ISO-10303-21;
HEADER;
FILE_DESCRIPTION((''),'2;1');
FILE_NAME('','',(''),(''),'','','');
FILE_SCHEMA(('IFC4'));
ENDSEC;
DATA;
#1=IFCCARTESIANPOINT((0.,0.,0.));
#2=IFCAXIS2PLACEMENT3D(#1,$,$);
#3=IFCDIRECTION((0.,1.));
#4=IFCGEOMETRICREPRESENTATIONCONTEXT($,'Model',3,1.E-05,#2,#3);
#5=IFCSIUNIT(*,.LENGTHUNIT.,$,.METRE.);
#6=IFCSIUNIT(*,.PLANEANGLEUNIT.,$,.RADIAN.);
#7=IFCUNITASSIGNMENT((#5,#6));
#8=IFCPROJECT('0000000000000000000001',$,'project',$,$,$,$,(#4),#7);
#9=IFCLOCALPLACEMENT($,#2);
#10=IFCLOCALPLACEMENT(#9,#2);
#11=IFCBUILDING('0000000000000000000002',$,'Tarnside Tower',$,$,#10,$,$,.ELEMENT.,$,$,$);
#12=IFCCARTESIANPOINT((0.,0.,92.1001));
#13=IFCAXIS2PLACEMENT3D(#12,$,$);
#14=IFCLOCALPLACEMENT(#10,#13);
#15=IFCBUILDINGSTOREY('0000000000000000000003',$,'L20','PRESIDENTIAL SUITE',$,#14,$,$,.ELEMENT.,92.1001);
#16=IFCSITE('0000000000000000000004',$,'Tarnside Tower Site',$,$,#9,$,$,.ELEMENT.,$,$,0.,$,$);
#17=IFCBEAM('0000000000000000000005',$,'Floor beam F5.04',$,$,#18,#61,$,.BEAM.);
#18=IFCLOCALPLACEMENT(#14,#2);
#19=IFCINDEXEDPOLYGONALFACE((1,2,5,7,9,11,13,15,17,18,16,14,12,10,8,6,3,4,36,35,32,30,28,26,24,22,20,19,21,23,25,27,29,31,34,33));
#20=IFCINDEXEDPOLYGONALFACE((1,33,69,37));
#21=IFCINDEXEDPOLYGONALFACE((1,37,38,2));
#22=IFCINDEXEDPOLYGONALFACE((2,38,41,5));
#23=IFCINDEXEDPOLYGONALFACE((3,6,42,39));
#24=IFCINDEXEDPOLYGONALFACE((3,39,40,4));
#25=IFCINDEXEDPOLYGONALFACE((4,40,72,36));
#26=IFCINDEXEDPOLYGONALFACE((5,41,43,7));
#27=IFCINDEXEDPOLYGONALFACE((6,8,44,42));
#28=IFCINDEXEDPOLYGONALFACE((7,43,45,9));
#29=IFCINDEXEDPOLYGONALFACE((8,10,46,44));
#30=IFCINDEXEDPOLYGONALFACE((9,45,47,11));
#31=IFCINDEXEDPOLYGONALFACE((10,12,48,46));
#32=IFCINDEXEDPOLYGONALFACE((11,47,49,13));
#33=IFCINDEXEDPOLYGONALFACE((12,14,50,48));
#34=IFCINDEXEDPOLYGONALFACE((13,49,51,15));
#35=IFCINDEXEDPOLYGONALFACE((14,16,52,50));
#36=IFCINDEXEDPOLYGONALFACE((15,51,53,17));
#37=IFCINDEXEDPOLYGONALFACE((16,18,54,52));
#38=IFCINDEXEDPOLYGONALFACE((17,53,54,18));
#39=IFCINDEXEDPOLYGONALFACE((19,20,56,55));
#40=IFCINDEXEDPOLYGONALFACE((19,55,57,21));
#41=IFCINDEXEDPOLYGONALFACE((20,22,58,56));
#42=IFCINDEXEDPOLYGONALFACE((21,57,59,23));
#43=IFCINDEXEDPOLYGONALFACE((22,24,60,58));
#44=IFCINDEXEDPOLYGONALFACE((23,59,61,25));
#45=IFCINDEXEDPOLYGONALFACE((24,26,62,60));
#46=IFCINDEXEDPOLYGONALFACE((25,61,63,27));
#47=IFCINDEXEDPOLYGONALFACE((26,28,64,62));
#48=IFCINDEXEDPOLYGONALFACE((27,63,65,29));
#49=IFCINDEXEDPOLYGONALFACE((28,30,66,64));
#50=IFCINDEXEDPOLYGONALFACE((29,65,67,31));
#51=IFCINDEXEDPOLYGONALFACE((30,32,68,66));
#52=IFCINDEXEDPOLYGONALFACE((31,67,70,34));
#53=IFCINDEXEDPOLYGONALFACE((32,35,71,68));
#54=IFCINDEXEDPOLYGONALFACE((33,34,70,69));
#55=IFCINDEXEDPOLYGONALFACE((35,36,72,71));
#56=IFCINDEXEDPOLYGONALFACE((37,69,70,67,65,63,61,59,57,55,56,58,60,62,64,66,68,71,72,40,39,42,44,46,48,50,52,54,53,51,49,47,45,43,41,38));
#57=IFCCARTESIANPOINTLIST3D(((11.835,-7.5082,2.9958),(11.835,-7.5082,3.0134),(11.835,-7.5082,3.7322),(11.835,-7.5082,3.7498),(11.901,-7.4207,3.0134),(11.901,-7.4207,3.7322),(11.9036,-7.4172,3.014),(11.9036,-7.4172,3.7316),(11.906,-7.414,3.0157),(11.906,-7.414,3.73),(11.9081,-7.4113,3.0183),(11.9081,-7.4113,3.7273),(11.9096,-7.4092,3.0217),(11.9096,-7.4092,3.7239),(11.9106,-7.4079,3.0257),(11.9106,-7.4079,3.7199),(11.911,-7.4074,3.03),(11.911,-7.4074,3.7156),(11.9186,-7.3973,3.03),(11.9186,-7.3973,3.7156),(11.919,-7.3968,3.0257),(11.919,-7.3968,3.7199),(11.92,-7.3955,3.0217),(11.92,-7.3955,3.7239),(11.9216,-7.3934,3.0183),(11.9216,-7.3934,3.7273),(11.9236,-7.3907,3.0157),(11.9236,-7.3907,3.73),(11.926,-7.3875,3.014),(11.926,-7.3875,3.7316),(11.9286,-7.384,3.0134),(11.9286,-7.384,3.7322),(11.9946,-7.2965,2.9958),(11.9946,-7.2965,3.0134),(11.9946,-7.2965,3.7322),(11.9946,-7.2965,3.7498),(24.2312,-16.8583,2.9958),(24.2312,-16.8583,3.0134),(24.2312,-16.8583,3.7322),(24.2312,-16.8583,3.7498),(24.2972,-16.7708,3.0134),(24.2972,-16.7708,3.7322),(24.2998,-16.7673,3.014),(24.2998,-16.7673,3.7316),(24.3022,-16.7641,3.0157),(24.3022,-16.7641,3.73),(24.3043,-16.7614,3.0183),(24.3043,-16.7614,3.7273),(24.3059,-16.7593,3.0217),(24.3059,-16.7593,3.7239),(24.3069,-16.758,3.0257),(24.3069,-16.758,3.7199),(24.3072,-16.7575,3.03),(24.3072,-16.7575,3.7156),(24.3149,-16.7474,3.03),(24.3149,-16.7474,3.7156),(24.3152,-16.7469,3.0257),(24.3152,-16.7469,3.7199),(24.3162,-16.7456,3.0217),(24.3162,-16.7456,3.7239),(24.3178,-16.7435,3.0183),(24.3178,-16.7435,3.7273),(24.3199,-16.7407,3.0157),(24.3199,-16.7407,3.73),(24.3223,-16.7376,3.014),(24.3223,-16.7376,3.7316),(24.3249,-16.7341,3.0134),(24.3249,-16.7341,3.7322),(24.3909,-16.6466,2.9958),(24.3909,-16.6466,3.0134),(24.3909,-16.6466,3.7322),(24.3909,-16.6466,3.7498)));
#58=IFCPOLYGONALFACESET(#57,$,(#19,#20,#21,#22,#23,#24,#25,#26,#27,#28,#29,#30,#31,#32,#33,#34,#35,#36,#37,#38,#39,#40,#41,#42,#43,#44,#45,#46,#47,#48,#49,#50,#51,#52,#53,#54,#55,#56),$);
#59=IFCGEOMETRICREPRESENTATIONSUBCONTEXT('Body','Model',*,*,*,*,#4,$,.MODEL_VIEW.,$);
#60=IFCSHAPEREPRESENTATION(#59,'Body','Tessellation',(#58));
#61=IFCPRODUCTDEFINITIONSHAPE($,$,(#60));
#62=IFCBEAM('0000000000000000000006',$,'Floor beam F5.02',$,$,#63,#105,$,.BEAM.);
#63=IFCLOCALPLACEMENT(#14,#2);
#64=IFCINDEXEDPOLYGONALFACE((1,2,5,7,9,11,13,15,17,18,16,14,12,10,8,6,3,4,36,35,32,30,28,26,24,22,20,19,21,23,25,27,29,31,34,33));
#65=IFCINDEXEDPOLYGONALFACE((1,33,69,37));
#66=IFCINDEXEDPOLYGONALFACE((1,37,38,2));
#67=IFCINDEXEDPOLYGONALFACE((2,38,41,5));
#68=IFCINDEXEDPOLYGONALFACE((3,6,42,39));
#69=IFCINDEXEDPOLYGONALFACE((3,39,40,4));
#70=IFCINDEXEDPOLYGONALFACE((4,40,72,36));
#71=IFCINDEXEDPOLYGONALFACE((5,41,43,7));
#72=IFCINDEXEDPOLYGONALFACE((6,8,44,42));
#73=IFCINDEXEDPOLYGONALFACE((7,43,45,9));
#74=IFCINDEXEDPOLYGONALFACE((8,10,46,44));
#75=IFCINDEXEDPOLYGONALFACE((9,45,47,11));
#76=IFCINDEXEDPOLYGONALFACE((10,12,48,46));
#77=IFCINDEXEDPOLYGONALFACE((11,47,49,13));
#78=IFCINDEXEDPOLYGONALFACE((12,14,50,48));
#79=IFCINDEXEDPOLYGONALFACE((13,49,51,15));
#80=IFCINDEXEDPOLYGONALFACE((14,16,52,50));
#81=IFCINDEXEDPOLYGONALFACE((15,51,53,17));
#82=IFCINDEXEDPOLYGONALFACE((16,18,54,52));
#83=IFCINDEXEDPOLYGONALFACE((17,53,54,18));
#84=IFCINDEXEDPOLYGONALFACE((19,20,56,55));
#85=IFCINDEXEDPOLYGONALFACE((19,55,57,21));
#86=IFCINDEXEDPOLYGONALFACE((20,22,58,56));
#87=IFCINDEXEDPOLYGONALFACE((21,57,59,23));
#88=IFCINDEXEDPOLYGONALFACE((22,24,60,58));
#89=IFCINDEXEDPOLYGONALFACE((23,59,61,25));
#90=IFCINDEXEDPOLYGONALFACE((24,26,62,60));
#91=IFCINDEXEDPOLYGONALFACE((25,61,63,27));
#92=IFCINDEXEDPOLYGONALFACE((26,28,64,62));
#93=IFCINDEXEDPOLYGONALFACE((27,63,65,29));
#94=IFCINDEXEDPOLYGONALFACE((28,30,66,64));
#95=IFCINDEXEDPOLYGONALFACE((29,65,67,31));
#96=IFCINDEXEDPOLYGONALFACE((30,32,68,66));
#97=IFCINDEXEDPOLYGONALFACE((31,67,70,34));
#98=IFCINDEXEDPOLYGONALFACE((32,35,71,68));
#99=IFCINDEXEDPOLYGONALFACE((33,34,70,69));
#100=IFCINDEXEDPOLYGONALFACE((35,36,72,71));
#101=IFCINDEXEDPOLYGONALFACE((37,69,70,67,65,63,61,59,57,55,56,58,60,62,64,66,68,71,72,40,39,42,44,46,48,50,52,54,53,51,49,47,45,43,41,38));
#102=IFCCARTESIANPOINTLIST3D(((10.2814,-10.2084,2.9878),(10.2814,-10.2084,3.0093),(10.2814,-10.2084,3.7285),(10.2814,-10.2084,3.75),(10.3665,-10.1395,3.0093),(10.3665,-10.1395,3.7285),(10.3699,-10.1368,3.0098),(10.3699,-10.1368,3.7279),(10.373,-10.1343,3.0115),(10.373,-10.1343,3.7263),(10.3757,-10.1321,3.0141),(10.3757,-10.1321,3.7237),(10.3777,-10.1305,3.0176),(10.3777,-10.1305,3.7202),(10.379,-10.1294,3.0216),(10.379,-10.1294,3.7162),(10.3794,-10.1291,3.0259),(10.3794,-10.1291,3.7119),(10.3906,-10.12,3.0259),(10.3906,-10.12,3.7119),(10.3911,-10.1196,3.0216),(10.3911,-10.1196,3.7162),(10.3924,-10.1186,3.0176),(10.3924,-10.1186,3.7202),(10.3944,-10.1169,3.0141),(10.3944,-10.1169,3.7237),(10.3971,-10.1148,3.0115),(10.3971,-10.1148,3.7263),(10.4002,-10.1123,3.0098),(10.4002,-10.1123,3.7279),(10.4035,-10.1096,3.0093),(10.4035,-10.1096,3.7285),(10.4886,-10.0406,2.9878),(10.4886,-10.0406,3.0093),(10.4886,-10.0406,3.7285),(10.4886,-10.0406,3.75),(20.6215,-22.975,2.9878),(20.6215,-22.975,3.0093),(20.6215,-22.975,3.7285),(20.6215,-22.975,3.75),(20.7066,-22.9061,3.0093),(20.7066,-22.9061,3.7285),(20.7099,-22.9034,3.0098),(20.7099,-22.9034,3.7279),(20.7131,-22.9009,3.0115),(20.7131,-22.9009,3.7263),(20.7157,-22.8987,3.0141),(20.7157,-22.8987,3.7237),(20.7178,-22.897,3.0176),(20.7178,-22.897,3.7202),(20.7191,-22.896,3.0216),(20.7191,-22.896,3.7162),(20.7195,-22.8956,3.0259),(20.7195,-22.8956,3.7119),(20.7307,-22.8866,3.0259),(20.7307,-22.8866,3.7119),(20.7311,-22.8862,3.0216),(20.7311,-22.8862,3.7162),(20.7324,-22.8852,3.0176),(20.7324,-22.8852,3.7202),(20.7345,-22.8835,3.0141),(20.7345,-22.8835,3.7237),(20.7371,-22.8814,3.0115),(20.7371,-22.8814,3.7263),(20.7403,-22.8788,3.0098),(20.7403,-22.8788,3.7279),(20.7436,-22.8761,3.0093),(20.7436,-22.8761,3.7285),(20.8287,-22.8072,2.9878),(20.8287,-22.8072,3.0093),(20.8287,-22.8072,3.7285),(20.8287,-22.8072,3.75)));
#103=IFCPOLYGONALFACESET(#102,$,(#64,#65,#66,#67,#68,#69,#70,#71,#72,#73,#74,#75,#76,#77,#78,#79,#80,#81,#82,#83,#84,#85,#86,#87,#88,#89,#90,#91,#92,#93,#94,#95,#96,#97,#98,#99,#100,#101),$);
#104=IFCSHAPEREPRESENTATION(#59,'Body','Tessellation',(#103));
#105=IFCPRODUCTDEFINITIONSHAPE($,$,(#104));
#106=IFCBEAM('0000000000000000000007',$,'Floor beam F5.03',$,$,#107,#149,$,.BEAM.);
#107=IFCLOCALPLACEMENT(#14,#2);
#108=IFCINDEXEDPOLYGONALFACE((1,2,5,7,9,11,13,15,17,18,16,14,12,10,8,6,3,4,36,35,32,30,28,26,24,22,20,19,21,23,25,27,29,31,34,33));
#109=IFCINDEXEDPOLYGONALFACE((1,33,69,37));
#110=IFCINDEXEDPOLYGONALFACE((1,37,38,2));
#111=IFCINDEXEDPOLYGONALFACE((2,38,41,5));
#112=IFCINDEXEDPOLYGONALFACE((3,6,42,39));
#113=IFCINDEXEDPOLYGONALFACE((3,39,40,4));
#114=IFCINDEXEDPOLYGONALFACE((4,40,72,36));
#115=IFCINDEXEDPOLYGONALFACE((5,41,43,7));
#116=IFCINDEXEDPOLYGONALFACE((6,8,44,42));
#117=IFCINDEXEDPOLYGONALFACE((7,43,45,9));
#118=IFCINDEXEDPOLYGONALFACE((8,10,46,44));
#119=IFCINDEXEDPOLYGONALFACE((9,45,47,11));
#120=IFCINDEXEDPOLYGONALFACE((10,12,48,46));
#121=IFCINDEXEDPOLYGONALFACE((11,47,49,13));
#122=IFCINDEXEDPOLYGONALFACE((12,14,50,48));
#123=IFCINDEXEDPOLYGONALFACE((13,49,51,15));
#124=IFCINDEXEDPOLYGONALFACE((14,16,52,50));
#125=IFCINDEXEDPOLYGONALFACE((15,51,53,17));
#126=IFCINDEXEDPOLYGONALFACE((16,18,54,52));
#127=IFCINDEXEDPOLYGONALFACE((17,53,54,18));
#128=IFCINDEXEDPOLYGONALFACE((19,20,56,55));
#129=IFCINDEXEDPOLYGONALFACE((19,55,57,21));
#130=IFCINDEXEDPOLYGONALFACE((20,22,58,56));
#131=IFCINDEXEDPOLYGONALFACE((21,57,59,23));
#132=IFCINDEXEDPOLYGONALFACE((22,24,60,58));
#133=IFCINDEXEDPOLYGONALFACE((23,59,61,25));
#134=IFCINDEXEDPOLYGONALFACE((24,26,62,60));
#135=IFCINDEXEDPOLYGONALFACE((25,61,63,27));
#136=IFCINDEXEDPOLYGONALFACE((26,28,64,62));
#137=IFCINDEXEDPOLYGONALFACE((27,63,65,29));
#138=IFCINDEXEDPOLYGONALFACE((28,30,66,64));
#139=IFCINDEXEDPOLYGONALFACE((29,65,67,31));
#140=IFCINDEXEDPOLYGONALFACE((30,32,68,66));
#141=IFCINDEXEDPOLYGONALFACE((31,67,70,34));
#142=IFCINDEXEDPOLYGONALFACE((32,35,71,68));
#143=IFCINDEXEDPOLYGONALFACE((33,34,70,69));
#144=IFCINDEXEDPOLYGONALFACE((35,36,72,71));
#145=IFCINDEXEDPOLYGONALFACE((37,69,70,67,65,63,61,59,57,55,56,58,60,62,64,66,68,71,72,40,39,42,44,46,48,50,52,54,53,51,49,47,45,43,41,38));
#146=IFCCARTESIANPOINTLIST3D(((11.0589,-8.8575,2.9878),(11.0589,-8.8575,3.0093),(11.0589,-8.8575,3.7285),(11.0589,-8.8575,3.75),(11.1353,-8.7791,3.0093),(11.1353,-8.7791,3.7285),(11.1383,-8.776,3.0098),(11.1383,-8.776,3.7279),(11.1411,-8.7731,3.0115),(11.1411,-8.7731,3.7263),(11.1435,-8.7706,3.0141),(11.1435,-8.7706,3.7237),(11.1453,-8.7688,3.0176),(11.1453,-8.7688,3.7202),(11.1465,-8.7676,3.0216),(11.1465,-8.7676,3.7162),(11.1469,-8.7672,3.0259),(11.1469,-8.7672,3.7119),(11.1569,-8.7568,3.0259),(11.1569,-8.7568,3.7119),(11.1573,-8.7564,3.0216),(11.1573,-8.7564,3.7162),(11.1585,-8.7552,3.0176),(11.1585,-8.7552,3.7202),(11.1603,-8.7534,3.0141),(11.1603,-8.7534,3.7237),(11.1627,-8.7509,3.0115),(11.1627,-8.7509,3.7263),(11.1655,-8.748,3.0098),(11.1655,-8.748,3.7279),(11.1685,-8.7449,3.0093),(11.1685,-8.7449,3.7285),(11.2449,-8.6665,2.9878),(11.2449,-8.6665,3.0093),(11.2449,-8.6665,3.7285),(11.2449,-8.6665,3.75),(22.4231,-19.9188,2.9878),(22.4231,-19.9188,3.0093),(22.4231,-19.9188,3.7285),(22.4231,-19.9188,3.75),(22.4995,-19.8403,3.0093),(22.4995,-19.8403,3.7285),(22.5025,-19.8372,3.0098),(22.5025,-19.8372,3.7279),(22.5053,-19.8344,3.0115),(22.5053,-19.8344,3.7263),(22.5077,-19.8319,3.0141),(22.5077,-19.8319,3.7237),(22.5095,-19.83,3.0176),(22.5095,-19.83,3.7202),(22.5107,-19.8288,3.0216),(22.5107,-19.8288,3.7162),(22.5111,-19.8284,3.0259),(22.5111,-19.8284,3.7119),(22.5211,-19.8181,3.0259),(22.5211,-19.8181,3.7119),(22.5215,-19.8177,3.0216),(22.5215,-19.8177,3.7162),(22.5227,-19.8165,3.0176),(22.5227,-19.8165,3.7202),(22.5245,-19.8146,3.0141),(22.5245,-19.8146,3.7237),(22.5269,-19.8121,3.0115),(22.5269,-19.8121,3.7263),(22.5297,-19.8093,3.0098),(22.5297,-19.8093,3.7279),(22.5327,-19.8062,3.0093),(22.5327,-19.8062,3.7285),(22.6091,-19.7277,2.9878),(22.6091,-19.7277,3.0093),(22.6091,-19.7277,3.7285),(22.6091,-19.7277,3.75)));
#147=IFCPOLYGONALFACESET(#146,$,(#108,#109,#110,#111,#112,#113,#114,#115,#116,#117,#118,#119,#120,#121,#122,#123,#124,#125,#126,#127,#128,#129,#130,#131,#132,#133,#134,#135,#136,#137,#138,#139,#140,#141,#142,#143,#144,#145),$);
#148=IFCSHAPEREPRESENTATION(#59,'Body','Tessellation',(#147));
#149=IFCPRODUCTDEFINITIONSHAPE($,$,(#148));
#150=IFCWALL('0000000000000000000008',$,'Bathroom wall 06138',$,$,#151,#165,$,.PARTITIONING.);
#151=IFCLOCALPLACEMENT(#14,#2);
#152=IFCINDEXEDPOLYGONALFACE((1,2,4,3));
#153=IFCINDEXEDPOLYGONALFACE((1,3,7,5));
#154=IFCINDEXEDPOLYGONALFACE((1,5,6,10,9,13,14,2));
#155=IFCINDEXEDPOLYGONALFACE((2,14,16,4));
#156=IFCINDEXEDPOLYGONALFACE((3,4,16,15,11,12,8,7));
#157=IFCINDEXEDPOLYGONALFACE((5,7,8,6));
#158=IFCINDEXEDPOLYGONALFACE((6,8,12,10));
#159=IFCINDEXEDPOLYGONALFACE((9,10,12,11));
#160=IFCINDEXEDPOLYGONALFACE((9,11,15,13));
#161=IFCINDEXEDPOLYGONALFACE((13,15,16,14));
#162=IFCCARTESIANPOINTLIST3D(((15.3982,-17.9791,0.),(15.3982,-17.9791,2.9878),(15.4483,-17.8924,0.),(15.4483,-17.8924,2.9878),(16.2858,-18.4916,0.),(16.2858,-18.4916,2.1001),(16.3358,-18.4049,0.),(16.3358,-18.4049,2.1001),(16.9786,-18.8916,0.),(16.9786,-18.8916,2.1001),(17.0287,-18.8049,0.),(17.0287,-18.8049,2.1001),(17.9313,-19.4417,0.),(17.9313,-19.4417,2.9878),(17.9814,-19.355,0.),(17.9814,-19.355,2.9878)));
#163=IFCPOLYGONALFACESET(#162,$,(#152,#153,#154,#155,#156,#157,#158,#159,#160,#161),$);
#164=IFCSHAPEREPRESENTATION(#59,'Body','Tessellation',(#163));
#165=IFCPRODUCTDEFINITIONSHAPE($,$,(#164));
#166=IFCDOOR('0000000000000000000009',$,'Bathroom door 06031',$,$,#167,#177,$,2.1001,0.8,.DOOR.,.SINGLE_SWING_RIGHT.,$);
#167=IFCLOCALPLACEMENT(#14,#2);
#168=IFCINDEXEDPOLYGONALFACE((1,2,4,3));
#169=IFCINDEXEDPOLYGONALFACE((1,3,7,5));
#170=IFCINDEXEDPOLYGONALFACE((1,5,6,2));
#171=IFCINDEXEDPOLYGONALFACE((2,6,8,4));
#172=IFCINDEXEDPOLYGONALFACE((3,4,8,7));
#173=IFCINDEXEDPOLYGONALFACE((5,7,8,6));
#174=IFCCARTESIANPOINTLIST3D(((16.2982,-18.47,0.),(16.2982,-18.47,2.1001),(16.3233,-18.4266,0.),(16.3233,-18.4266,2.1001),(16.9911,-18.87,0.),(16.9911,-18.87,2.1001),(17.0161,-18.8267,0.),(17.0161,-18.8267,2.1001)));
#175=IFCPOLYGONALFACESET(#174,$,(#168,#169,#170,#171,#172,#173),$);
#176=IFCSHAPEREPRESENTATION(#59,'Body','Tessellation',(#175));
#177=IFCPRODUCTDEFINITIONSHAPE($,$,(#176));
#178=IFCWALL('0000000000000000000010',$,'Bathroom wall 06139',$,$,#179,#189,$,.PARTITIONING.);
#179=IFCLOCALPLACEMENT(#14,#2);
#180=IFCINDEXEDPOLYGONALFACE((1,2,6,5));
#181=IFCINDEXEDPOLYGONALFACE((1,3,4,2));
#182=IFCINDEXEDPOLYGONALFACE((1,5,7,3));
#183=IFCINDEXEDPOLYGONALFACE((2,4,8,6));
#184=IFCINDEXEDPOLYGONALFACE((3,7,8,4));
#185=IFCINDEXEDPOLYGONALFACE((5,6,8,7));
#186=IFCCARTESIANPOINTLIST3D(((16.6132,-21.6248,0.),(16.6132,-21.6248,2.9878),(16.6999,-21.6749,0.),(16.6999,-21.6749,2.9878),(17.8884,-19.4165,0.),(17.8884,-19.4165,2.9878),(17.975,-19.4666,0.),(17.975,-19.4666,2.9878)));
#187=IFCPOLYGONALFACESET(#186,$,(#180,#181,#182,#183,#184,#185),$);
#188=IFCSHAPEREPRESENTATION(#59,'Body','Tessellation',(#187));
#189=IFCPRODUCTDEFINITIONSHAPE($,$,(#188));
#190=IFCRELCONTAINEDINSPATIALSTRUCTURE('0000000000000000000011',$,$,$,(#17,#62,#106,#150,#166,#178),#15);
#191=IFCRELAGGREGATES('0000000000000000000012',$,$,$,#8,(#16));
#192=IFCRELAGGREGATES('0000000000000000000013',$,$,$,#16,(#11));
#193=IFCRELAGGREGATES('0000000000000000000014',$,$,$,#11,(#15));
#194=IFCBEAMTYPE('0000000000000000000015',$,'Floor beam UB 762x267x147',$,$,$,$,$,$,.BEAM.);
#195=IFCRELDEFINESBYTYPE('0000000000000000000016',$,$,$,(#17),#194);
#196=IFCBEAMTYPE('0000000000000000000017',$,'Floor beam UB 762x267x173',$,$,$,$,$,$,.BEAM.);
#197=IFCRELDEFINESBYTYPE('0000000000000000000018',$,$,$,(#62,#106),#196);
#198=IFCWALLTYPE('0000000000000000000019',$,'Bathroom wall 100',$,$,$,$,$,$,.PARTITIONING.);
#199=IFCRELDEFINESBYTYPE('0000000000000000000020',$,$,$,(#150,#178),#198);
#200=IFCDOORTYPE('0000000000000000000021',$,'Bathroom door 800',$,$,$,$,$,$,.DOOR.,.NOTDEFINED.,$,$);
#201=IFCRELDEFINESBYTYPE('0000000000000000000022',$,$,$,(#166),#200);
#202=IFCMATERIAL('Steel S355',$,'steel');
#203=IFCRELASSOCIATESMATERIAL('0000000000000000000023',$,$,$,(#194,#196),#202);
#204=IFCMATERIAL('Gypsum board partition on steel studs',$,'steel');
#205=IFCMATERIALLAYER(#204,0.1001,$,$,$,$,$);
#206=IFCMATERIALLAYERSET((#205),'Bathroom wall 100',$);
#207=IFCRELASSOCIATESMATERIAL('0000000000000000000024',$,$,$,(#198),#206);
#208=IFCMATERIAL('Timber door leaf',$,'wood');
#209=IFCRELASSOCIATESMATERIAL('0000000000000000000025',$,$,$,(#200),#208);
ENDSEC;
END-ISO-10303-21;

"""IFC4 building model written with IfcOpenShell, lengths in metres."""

from ifc_helpers import new_model, si_unit, direction, frame, frame_2d, origin, origin_2d, place, context, subcontext, project, spatial, rectangle, i_section, extrude, material, layer, layer_set, material_profile, profile_set, type_object, element, fill, save


model = new_model("IFC4")

# Units and contexts
model_context = context("Model", 3, precision=1e-05, world=origin(), true_north=direction((0.0, 1.0)))
body_context = subcontext(model_context, "Body", "Model", "MODEL_VIEW")
ifc_project = project(units=[si_unit("LENGTHUNIT", "METRE"), si_unit("PLANEANGLEUNIT", "RADIAN")], contexts=[model_context])

# Site, building, storey
site_placement = place(None, origin())
site = spatial("IfcSite", under=ifc_project, at=site_placement, Name="Tarnside Tower Site", CompositionType="ELEMENT", RefElevation=0.0)
building_placement = place(site_placement, origin())
building = spatial("IfcBuilding", under=site, at=building_placement, Name="Tarnside Tower", CompositionType="ELEMENT")
storey_placement = place(building_placement, frame((0.0, 0.0, 92.1001)))
storey = spatial("IfcBuildingStorey", under=building, at=storey_placement, Name="L20", Description="PRESIDENTIAL SUITE", CompositionType="ELEMENT", Elevation=92.1001)

# Beams
ifc_material_1 = material(Name="Steel S355", Category="steel")
ifc_material_profile_1 = material_profile(ifc_material_1, i_section(OverallWidth=0.2651, OverallDepth=0.7539, WebThickness=0.0127, FlangeThickness=0.0176, FilletRadius=0.0166, at=origin_2d()), Name="UB 762x267x147")
ifc_profile_set_1 = profile_set([ifc_material_profile_1], Name="Steel S355")
beam_type_1 = type_object("IfcBeamType", Name="Floor beam UB 762x267x147", PredefinedType="BEAM", material=ifc_profile_set_1)
beam_1_placement = place(storey_placement, frame((24.311, -16.7524, 3.3728), z_axis=(-0.798361, 0.602179, 0.0), x_axis=(-0.602179, -0.798361, 0.0)))
element("IfcBeam", 1, at=beam_1_placement, inside=storey, type_object=beam_type_1, Name="Floor beam F5.04", PredefinedType="BEAM", context=body_context, shape_type="SweptSolid", body=[
    extrude(i_section(OverallWidth=0.2651, OverallDepth=0.7539, WebThickness=0.0127, FlangeThickness=0.0176, FilletRadius=0.0166, at=origin_2d()), origin(), (0.0, 0.0, 1.0), 15.5271),
])
ifc_material_profile_2 = material_profile(ifc_material_1, i_section(OverallWidth=0.2666, OverallDepth=0.7622, WebThickness=0.0144, FlangeThickness=0.0215, FilletRadius=0.0166, at=origin_2d()), Name="UB 762x267x173")
ifc_profile_set_2 = profile_set([ifc_material_profile_2], Name="Steel S355")
beam_type_2 = type_object("IfcBeamType", Name="Floor beam UB 762x267x173", PredefinedType="BEAM", material=ifc_profile_set_2)
beam_2_placement = place(storey_placement, frame((20.7251, -22.8911, 3.3689), z_axis=(-0.62939, 0.777089, 0.0), x_axis=(-0.777089, -0.62939, 0.0)))
element("IfcBeam", 2, at=beam_2_placement, inside=storey, type_object=beam_type_2, Name="Floor beam F5.02", PredefinedType="BEAM", context=body_context, shape_type="SweptSolid", body=[
    extrude(i_section(OverallWidth=0.2666, OverallDepth=0.7622, WebThickness=0.0144, FlangeThickness=0.0215, FilletRadius=0.0166, at=origin_2d()), origin(), (0.0, 0.0, 1.0), 16.4287),
])
beam_3_placement = place(storey_placement, frame((22.5161, -19.8232, 3.3689), z_axis=(-0.716595, 0.69749, 0.0), x_axis=(-0.69749, -0.716595, 0.0)))
element("IfcBeam", 3, at=beam_3_placement, inside=storey, type_object=beam_type_2, Name="Floor beam F5.03", PredefinedType="BEAM", context=body_context, shape_type="SweptSolid", body=[
    extrude(i_section(OverallWidth=0.2666, OverallDepth=0.7622, WebThickness=0.0144, FlangeThickness=0.0215, FilletRadius=0.0166, at=origin_2d()), origin(), (0.0, 0.0, 1.0), 15.8586),
])

# Wall, opening, door
ifc_material_2 = material(Name="Gypsum board partition on steel studs", Category="steel")
ifc_layer_1 = layer(ifc_material_2, 0.1001)
ifc_layer_set_1 = layer_set([ifc_layer_1], Name="Bathroom wall 100")
wall_type_1 = type_object("IfcWallType", Name="Bathroom wall 100", PredefinedType="PARTITIONING", material=ifc_layer_set_1)
wall_1_placement = place(storey_placement, frame((15.4233, -17.9358, 0.0), z_axis=(0.0, 0.0, 1.0), x_axis=(0.86601, -0.500026, 0.0)))
wall_1 = element("IfcWall", 4, at=wall_1_placement, inside=storey, type_object=wall_type_1, Name="Bathroom wall 06138", PredefinedType="PARTITIONING", context=body_context, shape_type="SweptSolid", body=[
    extrude(rectangle(XDim=2.925, YDim=0.1001, at=frame_2d((1.4624, 0.0))), origin(), (0.0, 0.0, 1.0), 2.9878),
])
opening_placement = place(wall_1_placement, frame((1.0249, 0.0, 0.0)))
opening = element("IfcOpeningElement", 5, at=opening_placement, cuts=wall_1, PredefinedType="OPENING", context=body_context, shape_type="SweptSolid", body=[
    extrude(rectangle(XDim=0.8, YDim=2.1001, at=frame_2d((0.3999, 1.05))), frame((0.0, 0.0601, 0.0), z_axis=(0.0, -1.0, 0.0), x_axis=(1.0, 0.0, 0.0)), (0.0, 0.0, 1.0), 0.1201),
])
ifc_material_3 = material(Name="Timber door leaf", Category="wood")
door_type = type_object("IfcDoorType", Name="Bathroom door 800", OperationType="NOTDEFINED", PredefinedType="DOOR", material=ifc_material_3)
door_placement = place(opening_placement, origin())
door = element("IfcDoor", 6, at=door_placement, inside=storey, type_object=door_type, Name="Bathroom door 06031", OperationType="SINGLE_SWING_RIGHT", OverallHeight=2.1001, OverallWidth=0.8, PredefinedType="DOOR", context=body_context, shape_type="SweptSolid", body=[
    extrude(rectangle(XDim=0.8, YDim=2.1001, at=frame_2d((0.3999, 1.05))), frame((0.0, 0.0249, 0.0), z_axis=(0.0, -1.0, 0.0), x_axis=(1.0, 0.0, 0.0)), (0.0, 0.0, 1.0), 0.05),
])
fill(opening, door)

# Wall
wall_2_placement = place(storey_placement, frame((17.9316, -19.4417, 0.0), z_axis=(0.0, 0.0, 1.0), x_axis=(-0.500062, -0.865989, 0.0)))
element("IfcWall", 7, at=wall_2_placement, inside=storey, type_object=wall_type_1, Name="Bathroom wall 06139", PredefinedType="PARTITIONING", context=body_context, shape_type="SweptSolid", body=[
    extrude(rectangle(XDim=2.55, YDim=0.1001, at=frame_2d((1.2749, 0.0))), origin(), (0.0, 0.0, 1.0), 2.9878),
])

save(model, "model.ifc")
